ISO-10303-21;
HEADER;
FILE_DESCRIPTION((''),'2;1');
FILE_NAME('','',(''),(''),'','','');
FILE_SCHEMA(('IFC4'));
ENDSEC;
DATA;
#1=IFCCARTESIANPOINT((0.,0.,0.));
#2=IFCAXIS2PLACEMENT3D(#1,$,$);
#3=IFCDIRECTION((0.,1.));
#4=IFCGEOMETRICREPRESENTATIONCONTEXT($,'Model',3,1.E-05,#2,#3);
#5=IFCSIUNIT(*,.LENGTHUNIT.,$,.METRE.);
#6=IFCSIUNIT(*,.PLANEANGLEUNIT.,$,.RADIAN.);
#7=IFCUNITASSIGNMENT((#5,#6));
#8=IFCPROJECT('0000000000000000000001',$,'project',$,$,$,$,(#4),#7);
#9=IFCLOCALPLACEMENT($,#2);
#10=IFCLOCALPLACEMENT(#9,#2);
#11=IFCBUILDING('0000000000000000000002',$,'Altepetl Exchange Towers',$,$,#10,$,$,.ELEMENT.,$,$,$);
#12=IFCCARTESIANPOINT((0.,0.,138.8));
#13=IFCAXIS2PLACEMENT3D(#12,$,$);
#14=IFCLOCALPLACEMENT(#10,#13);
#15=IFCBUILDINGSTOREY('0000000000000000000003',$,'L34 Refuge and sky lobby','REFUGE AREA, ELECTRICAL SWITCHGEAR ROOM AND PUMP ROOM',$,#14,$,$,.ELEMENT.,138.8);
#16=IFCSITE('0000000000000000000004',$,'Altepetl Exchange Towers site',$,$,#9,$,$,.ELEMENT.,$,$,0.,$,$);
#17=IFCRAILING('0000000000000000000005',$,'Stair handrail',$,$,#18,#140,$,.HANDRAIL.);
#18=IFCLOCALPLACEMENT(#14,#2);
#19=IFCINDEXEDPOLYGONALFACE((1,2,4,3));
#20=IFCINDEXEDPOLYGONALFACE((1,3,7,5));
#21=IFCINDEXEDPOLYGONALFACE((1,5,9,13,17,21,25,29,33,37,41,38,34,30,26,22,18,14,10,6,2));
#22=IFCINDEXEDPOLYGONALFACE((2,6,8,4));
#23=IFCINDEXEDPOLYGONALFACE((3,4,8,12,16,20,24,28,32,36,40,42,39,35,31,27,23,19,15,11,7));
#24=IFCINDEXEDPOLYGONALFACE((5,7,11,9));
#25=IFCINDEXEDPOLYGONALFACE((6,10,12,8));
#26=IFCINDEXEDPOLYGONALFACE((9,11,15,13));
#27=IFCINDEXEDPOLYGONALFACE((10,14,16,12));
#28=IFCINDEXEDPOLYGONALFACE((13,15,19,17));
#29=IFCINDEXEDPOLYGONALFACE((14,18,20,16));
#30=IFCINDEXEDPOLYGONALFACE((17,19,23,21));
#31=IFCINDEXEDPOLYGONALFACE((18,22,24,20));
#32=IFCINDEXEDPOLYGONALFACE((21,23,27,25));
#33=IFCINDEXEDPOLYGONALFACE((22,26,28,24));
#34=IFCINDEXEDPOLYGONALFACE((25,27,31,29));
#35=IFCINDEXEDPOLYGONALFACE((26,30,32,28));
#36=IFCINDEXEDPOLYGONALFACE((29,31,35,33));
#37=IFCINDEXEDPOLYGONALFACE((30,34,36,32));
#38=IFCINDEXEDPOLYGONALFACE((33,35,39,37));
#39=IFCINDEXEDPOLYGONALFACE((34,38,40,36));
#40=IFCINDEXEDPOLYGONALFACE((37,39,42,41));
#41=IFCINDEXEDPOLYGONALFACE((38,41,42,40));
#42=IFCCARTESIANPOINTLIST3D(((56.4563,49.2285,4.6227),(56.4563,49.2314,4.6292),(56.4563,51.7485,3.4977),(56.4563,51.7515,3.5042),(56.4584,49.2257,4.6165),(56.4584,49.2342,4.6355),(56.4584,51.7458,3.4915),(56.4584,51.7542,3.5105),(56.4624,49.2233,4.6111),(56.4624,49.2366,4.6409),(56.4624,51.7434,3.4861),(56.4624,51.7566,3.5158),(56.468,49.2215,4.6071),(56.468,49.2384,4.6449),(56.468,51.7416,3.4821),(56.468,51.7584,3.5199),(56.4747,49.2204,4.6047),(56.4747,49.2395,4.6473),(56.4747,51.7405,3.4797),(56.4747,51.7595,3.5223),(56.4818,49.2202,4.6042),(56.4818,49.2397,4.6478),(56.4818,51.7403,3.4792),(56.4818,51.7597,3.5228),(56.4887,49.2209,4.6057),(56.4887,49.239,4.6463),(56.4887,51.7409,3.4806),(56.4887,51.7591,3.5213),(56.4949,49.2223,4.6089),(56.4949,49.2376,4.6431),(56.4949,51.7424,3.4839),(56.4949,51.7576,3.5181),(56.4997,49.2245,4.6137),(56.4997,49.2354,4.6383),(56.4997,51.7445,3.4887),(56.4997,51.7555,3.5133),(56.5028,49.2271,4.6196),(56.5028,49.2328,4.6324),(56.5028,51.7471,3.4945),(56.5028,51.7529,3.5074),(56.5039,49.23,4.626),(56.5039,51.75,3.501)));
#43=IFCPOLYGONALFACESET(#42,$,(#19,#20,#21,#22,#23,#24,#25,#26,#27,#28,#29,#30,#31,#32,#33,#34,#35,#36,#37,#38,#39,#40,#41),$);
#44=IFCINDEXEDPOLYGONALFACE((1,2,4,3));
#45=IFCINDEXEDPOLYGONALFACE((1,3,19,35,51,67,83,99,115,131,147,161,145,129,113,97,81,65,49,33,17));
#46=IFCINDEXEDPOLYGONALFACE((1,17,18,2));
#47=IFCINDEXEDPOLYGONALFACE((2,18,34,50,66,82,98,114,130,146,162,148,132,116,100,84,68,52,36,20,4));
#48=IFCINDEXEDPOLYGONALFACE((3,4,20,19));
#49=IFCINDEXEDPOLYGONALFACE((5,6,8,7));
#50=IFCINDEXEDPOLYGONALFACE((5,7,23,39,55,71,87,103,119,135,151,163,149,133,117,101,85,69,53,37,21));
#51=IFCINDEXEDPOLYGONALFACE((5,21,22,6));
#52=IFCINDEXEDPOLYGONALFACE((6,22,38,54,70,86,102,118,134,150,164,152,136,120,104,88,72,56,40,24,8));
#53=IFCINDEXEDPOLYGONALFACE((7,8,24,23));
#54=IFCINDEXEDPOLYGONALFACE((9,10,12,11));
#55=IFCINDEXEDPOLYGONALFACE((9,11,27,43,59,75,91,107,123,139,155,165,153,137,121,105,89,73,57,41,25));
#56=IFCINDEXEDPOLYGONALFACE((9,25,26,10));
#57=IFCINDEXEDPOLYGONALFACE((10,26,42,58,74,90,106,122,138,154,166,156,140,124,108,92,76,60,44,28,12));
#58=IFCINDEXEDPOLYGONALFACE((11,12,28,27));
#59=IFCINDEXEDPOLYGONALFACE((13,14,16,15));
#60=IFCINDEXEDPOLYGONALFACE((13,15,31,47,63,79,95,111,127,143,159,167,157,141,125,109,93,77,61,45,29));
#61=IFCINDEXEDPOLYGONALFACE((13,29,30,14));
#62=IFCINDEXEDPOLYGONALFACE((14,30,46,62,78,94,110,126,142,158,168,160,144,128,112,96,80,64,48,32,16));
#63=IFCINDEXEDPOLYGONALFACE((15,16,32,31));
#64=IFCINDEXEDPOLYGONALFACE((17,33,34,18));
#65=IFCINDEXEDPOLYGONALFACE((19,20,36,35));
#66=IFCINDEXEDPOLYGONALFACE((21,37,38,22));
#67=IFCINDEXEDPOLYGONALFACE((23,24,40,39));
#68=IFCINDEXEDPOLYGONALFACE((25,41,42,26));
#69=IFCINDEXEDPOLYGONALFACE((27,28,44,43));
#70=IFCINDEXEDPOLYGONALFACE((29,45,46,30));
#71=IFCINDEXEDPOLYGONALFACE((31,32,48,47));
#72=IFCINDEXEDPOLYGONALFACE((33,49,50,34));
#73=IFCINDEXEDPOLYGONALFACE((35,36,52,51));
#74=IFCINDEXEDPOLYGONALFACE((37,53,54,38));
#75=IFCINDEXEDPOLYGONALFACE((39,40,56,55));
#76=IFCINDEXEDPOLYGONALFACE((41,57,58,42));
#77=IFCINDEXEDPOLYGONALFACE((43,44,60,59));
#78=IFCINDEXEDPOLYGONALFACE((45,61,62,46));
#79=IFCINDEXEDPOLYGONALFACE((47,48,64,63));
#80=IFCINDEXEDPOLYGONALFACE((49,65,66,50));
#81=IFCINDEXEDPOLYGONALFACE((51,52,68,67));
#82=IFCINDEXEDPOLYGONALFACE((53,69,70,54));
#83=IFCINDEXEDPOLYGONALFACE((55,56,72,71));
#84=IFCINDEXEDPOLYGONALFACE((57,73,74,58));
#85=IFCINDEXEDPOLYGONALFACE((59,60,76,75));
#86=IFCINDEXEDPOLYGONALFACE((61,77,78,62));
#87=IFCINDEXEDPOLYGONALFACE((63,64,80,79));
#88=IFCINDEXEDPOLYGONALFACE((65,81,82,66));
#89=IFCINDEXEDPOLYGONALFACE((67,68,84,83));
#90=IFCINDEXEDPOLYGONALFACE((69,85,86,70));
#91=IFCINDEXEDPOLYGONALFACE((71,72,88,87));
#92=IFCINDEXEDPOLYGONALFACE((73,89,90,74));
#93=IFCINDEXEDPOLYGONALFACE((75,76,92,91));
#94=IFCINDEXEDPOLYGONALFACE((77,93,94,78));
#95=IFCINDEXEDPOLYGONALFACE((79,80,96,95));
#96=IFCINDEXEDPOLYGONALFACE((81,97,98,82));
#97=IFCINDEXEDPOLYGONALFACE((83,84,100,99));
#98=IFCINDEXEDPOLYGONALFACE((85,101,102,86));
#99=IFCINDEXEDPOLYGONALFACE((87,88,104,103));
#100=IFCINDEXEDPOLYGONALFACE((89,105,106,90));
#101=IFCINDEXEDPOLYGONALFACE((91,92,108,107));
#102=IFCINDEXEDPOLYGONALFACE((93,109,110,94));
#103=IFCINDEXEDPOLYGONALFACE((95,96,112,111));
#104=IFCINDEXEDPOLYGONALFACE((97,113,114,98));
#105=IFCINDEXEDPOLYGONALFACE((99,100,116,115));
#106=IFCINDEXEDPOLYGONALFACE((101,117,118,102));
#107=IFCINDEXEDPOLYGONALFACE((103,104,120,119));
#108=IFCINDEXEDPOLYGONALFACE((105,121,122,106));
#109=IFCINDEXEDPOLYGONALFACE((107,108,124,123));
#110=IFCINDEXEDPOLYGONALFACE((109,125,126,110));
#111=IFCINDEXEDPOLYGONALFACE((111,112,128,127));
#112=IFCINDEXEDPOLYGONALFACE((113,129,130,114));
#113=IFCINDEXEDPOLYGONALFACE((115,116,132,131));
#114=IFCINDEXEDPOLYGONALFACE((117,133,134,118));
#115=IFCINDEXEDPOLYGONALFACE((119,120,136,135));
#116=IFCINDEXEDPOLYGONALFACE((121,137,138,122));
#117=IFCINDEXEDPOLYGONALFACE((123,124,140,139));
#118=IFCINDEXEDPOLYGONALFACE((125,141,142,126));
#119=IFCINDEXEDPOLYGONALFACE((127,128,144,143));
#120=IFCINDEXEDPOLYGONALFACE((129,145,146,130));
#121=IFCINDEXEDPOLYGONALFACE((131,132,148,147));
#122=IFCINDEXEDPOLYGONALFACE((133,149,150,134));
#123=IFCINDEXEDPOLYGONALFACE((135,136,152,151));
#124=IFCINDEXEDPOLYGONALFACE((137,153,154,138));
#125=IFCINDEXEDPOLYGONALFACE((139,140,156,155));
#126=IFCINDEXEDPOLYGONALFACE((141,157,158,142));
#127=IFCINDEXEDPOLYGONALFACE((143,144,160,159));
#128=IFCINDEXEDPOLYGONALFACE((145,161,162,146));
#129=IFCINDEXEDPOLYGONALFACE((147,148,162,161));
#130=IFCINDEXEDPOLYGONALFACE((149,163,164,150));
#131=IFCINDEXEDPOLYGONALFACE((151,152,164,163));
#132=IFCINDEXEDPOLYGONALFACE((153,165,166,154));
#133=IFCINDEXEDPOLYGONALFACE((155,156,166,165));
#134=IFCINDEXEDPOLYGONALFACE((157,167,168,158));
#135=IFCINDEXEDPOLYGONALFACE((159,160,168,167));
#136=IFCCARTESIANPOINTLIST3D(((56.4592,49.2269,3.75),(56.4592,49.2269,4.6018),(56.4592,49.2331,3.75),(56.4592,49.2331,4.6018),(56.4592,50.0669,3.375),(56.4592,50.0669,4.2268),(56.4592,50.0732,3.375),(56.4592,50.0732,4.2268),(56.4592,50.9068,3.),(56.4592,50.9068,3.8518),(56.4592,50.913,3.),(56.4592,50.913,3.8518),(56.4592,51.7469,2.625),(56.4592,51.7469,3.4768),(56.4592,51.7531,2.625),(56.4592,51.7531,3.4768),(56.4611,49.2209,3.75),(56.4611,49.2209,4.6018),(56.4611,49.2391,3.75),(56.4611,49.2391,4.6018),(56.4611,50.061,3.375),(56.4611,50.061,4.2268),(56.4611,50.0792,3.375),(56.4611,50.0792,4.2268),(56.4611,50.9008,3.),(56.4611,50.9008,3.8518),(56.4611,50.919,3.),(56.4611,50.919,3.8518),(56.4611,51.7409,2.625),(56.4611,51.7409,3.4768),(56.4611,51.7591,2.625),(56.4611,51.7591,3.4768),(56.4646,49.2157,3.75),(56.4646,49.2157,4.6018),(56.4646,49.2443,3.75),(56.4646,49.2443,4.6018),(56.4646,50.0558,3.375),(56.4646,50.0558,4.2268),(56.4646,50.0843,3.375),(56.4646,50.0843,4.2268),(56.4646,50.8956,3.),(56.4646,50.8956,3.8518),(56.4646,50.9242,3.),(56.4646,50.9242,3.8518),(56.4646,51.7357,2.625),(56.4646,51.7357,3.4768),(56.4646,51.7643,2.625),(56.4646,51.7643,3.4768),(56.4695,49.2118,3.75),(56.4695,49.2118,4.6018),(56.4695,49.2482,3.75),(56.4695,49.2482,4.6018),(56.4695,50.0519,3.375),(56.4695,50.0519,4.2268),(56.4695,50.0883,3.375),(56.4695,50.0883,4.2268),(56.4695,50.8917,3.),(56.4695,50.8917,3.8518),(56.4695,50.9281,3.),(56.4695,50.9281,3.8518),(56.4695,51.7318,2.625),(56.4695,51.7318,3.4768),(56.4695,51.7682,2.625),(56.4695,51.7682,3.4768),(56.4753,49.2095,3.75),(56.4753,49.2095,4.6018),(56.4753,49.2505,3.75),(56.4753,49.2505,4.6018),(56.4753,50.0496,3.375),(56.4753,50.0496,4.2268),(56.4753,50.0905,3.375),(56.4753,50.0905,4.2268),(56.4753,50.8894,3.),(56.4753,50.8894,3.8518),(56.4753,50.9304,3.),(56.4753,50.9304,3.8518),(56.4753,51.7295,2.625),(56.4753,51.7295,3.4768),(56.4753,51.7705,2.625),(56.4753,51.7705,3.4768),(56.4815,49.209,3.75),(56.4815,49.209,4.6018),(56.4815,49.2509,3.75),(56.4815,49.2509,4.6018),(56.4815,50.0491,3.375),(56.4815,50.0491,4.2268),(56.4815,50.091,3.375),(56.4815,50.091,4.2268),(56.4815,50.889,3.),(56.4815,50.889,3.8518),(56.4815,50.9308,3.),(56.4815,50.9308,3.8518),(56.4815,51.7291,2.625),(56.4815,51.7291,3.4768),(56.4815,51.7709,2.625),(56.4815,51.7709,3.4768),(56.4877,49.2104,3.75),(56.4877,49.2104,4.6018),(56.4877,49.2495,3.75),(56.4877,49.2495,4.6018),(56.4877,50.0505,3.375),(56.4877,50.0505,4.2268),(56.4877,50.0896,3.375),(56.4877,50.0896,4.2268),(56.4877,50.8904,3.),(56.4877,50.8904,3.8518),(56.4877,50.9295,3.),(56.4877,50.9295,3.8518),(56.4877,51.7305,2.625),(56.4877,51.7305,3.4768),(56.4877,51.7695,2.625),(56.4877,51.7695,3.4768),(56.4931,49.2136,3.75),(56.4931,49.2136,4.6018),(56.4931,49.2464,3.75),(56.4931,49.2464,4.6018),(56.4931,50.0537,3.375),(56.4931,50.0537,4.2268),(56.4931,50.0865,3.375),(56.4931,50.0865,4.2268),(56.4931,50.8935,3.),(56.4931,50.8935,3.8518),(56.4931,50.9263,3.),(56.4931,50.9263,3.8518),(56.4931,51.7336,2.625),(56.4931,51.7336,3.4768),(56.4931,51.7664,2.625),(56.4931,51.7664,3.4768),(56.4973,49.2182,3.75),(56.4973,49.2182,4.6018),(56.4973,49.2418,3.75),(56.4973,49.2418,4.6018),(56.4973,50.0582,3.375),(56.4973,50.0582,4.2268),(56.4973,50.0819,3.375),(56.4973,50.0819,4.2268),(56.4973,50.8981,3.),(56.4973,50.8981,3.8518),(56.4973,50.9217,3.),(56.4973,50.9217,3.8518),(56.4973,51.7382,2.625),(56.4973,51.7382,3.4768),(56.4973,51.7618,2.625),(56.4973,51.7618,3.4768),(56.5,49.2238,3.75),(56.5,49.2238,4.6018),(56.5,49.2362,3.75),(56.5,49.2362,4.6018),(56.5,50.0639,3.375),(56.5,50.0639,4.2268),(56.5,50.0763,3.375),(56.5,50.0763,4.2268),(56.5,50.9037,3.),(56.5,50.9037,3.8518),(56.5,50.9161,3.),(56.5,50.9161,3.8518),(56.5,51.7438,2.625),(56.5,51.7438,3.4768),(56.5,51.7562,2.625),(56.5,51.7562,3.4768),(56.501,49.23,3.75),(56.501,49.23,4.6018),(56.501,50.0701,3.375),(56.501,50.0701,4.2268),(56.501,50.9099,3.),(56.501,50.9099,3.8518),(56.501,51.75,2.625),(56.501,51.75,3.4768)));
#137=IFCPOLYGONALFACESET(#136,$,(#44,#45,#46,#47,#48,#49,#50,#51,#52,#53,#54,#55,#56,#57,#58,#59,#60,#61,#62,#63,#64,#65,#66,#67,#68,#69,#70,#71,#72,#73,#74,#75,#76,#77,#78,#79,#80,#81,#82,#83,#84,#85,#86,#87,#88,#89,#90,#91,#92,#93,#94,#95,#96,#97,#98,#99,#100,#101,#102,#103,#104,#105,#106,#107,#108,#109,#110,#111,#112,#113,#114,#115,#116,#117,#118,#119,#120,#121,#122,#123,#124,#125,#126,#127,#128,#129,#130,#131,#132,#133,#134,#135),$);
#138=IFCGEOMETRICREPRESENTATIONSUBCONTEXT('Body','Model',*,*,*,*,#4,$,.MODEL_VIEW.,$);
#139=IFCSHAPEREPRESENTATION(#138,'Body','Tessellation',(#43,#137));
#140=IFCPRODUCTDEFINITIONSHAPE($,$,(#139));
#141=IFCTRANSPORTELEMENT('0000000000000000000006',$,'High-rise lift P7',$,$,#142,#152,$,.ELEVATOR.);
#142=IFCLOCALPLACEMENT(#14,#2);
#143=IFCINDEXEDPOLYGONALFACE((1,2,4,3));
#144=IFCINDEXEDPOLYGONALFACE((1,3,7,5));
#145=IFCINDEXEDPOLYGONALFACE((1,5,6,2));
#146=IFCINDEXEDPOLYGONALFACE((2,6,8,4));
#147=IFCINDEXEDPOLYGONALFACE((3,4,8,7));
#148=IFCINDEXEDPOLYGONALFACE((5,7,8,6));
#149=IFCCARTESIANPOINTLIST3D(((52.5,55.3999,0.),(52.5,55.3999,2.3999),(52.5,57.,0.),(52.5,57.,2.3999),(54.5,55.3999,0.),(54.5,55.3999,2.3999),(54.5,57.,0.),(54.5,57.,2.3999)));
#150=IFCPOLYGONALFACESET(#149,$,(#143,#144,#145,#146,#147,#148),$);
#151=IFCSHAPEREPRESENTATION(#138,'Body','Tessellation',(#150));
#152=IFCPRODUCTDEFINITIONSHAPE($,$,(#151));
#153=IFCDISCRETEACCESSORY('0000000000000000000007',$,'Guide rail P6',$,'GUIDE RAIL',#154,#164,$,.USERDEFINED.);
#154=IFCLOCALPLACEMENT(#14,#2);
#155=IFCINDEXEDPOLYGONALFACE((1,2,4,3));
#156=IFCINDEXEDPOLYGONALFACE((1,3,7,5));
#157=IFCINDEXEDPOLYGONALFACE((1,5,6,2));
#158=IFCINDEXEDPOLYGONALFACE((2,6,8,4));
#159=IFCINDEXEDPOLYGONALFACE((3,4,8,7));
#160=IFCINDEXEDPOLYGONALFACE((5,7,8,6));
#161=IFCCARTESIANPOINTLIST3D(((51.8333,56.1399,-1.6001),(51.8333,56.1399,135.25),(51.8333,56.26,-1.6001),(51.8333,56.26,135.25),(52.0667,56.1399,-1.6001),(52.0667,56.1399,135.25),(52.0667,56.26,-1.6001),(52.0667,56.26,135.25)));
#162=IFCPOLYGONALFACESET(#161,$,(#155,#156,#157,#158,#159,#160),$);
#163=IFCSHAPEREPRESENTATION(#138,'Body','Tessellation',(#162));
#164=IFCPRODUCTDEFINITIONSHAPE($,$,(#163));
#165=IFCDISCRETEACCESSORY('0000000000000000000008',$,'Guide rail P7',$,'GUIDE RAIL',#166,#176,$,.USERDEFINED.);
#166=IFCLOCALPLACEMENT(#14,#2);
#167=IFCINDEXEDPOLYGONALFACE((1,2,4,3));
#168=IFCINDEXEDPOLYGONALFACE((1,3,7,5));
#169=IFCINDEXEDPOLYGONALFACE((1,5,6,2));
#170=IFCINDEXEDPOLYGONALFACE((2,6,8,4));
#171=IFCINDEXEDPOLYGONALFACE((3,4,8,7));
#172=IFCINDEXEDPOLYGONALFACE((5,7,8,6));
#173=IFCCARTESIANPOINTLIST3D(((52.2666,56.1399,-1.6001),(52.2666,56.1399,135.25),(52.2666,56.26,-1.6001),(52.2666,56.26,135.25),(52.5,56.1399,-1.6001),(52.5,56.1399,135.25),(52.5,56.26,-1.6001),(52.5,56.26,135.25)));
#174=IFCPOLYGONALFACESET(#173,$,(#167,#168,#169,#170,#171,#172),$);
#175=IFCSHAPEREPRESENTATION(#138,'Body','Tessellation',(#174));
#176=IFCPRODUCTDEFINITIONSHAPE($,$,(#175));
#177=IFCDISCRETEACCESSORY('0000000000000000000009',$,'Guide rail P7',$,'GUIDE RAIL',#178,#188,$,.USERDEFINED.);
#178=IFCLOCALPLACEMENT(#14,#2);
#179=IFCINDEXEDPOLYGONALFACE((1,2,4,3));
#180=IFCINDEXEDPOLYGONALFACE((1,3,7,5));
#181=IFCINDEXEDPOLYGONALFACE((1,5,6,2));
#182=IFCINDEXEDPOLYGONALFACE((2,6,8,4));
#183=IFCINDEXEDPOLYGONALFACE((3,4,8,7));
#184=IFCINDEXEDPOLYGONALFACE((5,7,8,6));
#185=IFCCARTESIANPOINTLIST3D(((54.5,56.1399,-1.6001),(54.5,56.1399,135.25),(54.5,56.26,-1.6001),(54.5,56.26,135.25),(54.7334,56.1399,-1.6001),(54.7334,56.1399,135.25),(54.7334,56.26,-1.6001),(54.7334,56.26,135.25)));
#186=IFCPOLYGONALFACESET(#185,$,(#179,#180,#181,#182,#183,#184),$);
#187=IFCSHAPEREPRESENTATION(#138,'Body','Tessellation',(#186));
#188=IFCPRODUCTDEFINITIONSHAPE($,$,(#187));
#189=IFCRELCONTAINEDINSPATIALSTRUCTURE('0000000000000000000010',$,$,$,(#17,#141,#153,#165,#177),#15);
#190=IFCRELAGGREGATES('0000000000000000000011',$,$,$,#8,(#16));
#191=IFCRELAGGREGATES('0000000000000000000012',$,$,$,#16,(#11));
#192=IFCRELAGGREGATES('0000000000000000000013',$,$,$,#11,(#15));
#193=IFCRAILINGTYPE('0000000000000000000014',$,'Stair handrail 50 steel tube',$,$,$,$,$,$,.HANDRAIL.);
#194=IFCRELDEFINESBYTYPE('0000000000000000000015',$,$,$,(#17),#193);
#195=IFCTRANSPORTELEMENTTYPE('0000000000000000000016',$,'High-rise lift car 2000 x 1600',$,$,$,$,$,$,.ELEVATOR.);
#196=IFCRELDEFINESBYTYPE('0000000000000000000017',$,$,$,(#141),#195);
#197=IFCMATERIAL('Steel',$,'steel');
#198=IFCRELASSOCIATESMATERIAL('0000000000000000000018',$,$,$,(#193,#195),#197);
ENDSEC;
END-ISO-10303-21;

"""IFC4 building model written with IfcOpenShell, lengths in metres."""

from ifc_helpers import new_model, si_unit, direction, frame, origin, origin_2d, place, context, subcontext, project, spatial, rectangle, circle, extrude, source, transform, mapped, material, type_object, element, save


model = new_model("IFC4")

# Units and contexts
model_context = context("Model", 3, precision=1e-05, world=origin(), true_north=direction((0.0, 1.0)))
body_context = subcontext(model_context, "Body", "Model", "MODEL_VIEW")
ifc_project = project(units=[si_unit("LENGTHUNIT", "METRE"), si_unit("PLANEANGLEUNIT", "RADIAN")], contexts=[model_context])

# Site, building, storey
site_placement = place(None, origin())
site = spatial("IfcSite", under=ifc_project, at=site_placement, Name="Altepetl Exchange Towers site", CompositionType="ELEMENT", RefElevation=0.0)
building_placement = place(site_placement, origin())
building = spatial("IfcBuilding", under=site, at=building_placement, Name="Altepetl Exchange Towers", CompositionType="ELEMENT")
storey_placement = place(building_placement, frame((0.0, 0.0, 138.8)))
storey = spatial("IfcBuildingStorey", under=building, at=storey_placement, Name="L34 Refuge and sky lobby", Description="REFUGE AREA, ELECTRICAL SWITCHGEAR ROOM AND PUMP ROOM", CompositionType="ELEMENT", Elevation=138.8)

# Railing
ifc_material_1 = material(Name="Steel", Category="steel")
railing_type = type_object("IfcRailingType", Name="Stair handrail 50 steel tube", PredefinedType="HANDRAIL", material=ifc_material_1)
shared_shape = source(origin(), body_context, "Body", "SweptSolid", [
    extrude(circle(Radius=0.021, at=origin_2d()), origin(), (0.0, 0.0, 1.0), 0.8518),
])
for number, where, name in (
    (1, (56.48, 51.75, 2.625), "Stair handrail"),
):
    element("IfcRailing", number, at=place(storey_placement, frame(where)), inside=storey, type_object=railing_type, Name=name, PredefinedType="HANDRAIL", context=body_context, shape_type="SweptSolid", body=[
        extrude(circle(Radius=0.0239, at=origin_2d()), frame((0.0, 0.0, 0.876), z_axis=(0.0, -0.913139, 0.407648), x_axis=(1.0, 0.0, 0.0)), (0.0, 0.0, 1.0), 2.7598),
        mapped(shared_shape, transform((0.0, 0.0, 0.0))),
        mapped(shared_shape, transform((0.0, -0.8401, 0.375))),
        mapped(shared_shape, transform((0.0, -1.6799, 0.75))),
        mapped(shared_shape, transform((0.0, -2.52, 1.125))),
    ])

# Transport element
transport_element_type = type_object("IfcTransportElementType", Name="High-rise lift car 2000 x 1600", PredefinedType="ELEVATOR", material=ifc_material_1)
transport_element_placement = place(storey_placement, frame((53.5, 56.2, 0.0)))
element("IfcTransportElement", 2, at=transport_element_placement, inside=storey, type_object=transport_element_type, Name="High-rise lift P7", PredefinedType="ELEVATOR", context=body_context, shape_type="SweptSolid", body=[
    extrude(rectangle(XDim=2.0, YDim=1.6001, at=origin_2d()), origin(), (0.0, 0.0, 1.0), 2.3999),
])

# Discrete accessories
for number, where, name in (
    (3, (51.95, 56.2, -1.6001), "Guide rail P6"),
    (4, (52.3833, 56.2, -1.6001), "Guide rail P7"),
    (5, (54.6167, 56.2, -1.6001), "Guide rail P7"),
):
    element("IfcDiscreteAccessory", number, at=place(storey_placement, frame(where)), inside=storey, Name=name, ObjectType="GUIDE RAIL", PredefinedType="USERDEFINED", context=body_context, shape_type="SweptSolid", body=[
        extrude(rectangle(XDim=0.2334, YDim=0.1201, at=origin_2d()), origin(), (0.0, 0.0, 1.0), 136.8501),
    ])

save(model, "model.ifc")
